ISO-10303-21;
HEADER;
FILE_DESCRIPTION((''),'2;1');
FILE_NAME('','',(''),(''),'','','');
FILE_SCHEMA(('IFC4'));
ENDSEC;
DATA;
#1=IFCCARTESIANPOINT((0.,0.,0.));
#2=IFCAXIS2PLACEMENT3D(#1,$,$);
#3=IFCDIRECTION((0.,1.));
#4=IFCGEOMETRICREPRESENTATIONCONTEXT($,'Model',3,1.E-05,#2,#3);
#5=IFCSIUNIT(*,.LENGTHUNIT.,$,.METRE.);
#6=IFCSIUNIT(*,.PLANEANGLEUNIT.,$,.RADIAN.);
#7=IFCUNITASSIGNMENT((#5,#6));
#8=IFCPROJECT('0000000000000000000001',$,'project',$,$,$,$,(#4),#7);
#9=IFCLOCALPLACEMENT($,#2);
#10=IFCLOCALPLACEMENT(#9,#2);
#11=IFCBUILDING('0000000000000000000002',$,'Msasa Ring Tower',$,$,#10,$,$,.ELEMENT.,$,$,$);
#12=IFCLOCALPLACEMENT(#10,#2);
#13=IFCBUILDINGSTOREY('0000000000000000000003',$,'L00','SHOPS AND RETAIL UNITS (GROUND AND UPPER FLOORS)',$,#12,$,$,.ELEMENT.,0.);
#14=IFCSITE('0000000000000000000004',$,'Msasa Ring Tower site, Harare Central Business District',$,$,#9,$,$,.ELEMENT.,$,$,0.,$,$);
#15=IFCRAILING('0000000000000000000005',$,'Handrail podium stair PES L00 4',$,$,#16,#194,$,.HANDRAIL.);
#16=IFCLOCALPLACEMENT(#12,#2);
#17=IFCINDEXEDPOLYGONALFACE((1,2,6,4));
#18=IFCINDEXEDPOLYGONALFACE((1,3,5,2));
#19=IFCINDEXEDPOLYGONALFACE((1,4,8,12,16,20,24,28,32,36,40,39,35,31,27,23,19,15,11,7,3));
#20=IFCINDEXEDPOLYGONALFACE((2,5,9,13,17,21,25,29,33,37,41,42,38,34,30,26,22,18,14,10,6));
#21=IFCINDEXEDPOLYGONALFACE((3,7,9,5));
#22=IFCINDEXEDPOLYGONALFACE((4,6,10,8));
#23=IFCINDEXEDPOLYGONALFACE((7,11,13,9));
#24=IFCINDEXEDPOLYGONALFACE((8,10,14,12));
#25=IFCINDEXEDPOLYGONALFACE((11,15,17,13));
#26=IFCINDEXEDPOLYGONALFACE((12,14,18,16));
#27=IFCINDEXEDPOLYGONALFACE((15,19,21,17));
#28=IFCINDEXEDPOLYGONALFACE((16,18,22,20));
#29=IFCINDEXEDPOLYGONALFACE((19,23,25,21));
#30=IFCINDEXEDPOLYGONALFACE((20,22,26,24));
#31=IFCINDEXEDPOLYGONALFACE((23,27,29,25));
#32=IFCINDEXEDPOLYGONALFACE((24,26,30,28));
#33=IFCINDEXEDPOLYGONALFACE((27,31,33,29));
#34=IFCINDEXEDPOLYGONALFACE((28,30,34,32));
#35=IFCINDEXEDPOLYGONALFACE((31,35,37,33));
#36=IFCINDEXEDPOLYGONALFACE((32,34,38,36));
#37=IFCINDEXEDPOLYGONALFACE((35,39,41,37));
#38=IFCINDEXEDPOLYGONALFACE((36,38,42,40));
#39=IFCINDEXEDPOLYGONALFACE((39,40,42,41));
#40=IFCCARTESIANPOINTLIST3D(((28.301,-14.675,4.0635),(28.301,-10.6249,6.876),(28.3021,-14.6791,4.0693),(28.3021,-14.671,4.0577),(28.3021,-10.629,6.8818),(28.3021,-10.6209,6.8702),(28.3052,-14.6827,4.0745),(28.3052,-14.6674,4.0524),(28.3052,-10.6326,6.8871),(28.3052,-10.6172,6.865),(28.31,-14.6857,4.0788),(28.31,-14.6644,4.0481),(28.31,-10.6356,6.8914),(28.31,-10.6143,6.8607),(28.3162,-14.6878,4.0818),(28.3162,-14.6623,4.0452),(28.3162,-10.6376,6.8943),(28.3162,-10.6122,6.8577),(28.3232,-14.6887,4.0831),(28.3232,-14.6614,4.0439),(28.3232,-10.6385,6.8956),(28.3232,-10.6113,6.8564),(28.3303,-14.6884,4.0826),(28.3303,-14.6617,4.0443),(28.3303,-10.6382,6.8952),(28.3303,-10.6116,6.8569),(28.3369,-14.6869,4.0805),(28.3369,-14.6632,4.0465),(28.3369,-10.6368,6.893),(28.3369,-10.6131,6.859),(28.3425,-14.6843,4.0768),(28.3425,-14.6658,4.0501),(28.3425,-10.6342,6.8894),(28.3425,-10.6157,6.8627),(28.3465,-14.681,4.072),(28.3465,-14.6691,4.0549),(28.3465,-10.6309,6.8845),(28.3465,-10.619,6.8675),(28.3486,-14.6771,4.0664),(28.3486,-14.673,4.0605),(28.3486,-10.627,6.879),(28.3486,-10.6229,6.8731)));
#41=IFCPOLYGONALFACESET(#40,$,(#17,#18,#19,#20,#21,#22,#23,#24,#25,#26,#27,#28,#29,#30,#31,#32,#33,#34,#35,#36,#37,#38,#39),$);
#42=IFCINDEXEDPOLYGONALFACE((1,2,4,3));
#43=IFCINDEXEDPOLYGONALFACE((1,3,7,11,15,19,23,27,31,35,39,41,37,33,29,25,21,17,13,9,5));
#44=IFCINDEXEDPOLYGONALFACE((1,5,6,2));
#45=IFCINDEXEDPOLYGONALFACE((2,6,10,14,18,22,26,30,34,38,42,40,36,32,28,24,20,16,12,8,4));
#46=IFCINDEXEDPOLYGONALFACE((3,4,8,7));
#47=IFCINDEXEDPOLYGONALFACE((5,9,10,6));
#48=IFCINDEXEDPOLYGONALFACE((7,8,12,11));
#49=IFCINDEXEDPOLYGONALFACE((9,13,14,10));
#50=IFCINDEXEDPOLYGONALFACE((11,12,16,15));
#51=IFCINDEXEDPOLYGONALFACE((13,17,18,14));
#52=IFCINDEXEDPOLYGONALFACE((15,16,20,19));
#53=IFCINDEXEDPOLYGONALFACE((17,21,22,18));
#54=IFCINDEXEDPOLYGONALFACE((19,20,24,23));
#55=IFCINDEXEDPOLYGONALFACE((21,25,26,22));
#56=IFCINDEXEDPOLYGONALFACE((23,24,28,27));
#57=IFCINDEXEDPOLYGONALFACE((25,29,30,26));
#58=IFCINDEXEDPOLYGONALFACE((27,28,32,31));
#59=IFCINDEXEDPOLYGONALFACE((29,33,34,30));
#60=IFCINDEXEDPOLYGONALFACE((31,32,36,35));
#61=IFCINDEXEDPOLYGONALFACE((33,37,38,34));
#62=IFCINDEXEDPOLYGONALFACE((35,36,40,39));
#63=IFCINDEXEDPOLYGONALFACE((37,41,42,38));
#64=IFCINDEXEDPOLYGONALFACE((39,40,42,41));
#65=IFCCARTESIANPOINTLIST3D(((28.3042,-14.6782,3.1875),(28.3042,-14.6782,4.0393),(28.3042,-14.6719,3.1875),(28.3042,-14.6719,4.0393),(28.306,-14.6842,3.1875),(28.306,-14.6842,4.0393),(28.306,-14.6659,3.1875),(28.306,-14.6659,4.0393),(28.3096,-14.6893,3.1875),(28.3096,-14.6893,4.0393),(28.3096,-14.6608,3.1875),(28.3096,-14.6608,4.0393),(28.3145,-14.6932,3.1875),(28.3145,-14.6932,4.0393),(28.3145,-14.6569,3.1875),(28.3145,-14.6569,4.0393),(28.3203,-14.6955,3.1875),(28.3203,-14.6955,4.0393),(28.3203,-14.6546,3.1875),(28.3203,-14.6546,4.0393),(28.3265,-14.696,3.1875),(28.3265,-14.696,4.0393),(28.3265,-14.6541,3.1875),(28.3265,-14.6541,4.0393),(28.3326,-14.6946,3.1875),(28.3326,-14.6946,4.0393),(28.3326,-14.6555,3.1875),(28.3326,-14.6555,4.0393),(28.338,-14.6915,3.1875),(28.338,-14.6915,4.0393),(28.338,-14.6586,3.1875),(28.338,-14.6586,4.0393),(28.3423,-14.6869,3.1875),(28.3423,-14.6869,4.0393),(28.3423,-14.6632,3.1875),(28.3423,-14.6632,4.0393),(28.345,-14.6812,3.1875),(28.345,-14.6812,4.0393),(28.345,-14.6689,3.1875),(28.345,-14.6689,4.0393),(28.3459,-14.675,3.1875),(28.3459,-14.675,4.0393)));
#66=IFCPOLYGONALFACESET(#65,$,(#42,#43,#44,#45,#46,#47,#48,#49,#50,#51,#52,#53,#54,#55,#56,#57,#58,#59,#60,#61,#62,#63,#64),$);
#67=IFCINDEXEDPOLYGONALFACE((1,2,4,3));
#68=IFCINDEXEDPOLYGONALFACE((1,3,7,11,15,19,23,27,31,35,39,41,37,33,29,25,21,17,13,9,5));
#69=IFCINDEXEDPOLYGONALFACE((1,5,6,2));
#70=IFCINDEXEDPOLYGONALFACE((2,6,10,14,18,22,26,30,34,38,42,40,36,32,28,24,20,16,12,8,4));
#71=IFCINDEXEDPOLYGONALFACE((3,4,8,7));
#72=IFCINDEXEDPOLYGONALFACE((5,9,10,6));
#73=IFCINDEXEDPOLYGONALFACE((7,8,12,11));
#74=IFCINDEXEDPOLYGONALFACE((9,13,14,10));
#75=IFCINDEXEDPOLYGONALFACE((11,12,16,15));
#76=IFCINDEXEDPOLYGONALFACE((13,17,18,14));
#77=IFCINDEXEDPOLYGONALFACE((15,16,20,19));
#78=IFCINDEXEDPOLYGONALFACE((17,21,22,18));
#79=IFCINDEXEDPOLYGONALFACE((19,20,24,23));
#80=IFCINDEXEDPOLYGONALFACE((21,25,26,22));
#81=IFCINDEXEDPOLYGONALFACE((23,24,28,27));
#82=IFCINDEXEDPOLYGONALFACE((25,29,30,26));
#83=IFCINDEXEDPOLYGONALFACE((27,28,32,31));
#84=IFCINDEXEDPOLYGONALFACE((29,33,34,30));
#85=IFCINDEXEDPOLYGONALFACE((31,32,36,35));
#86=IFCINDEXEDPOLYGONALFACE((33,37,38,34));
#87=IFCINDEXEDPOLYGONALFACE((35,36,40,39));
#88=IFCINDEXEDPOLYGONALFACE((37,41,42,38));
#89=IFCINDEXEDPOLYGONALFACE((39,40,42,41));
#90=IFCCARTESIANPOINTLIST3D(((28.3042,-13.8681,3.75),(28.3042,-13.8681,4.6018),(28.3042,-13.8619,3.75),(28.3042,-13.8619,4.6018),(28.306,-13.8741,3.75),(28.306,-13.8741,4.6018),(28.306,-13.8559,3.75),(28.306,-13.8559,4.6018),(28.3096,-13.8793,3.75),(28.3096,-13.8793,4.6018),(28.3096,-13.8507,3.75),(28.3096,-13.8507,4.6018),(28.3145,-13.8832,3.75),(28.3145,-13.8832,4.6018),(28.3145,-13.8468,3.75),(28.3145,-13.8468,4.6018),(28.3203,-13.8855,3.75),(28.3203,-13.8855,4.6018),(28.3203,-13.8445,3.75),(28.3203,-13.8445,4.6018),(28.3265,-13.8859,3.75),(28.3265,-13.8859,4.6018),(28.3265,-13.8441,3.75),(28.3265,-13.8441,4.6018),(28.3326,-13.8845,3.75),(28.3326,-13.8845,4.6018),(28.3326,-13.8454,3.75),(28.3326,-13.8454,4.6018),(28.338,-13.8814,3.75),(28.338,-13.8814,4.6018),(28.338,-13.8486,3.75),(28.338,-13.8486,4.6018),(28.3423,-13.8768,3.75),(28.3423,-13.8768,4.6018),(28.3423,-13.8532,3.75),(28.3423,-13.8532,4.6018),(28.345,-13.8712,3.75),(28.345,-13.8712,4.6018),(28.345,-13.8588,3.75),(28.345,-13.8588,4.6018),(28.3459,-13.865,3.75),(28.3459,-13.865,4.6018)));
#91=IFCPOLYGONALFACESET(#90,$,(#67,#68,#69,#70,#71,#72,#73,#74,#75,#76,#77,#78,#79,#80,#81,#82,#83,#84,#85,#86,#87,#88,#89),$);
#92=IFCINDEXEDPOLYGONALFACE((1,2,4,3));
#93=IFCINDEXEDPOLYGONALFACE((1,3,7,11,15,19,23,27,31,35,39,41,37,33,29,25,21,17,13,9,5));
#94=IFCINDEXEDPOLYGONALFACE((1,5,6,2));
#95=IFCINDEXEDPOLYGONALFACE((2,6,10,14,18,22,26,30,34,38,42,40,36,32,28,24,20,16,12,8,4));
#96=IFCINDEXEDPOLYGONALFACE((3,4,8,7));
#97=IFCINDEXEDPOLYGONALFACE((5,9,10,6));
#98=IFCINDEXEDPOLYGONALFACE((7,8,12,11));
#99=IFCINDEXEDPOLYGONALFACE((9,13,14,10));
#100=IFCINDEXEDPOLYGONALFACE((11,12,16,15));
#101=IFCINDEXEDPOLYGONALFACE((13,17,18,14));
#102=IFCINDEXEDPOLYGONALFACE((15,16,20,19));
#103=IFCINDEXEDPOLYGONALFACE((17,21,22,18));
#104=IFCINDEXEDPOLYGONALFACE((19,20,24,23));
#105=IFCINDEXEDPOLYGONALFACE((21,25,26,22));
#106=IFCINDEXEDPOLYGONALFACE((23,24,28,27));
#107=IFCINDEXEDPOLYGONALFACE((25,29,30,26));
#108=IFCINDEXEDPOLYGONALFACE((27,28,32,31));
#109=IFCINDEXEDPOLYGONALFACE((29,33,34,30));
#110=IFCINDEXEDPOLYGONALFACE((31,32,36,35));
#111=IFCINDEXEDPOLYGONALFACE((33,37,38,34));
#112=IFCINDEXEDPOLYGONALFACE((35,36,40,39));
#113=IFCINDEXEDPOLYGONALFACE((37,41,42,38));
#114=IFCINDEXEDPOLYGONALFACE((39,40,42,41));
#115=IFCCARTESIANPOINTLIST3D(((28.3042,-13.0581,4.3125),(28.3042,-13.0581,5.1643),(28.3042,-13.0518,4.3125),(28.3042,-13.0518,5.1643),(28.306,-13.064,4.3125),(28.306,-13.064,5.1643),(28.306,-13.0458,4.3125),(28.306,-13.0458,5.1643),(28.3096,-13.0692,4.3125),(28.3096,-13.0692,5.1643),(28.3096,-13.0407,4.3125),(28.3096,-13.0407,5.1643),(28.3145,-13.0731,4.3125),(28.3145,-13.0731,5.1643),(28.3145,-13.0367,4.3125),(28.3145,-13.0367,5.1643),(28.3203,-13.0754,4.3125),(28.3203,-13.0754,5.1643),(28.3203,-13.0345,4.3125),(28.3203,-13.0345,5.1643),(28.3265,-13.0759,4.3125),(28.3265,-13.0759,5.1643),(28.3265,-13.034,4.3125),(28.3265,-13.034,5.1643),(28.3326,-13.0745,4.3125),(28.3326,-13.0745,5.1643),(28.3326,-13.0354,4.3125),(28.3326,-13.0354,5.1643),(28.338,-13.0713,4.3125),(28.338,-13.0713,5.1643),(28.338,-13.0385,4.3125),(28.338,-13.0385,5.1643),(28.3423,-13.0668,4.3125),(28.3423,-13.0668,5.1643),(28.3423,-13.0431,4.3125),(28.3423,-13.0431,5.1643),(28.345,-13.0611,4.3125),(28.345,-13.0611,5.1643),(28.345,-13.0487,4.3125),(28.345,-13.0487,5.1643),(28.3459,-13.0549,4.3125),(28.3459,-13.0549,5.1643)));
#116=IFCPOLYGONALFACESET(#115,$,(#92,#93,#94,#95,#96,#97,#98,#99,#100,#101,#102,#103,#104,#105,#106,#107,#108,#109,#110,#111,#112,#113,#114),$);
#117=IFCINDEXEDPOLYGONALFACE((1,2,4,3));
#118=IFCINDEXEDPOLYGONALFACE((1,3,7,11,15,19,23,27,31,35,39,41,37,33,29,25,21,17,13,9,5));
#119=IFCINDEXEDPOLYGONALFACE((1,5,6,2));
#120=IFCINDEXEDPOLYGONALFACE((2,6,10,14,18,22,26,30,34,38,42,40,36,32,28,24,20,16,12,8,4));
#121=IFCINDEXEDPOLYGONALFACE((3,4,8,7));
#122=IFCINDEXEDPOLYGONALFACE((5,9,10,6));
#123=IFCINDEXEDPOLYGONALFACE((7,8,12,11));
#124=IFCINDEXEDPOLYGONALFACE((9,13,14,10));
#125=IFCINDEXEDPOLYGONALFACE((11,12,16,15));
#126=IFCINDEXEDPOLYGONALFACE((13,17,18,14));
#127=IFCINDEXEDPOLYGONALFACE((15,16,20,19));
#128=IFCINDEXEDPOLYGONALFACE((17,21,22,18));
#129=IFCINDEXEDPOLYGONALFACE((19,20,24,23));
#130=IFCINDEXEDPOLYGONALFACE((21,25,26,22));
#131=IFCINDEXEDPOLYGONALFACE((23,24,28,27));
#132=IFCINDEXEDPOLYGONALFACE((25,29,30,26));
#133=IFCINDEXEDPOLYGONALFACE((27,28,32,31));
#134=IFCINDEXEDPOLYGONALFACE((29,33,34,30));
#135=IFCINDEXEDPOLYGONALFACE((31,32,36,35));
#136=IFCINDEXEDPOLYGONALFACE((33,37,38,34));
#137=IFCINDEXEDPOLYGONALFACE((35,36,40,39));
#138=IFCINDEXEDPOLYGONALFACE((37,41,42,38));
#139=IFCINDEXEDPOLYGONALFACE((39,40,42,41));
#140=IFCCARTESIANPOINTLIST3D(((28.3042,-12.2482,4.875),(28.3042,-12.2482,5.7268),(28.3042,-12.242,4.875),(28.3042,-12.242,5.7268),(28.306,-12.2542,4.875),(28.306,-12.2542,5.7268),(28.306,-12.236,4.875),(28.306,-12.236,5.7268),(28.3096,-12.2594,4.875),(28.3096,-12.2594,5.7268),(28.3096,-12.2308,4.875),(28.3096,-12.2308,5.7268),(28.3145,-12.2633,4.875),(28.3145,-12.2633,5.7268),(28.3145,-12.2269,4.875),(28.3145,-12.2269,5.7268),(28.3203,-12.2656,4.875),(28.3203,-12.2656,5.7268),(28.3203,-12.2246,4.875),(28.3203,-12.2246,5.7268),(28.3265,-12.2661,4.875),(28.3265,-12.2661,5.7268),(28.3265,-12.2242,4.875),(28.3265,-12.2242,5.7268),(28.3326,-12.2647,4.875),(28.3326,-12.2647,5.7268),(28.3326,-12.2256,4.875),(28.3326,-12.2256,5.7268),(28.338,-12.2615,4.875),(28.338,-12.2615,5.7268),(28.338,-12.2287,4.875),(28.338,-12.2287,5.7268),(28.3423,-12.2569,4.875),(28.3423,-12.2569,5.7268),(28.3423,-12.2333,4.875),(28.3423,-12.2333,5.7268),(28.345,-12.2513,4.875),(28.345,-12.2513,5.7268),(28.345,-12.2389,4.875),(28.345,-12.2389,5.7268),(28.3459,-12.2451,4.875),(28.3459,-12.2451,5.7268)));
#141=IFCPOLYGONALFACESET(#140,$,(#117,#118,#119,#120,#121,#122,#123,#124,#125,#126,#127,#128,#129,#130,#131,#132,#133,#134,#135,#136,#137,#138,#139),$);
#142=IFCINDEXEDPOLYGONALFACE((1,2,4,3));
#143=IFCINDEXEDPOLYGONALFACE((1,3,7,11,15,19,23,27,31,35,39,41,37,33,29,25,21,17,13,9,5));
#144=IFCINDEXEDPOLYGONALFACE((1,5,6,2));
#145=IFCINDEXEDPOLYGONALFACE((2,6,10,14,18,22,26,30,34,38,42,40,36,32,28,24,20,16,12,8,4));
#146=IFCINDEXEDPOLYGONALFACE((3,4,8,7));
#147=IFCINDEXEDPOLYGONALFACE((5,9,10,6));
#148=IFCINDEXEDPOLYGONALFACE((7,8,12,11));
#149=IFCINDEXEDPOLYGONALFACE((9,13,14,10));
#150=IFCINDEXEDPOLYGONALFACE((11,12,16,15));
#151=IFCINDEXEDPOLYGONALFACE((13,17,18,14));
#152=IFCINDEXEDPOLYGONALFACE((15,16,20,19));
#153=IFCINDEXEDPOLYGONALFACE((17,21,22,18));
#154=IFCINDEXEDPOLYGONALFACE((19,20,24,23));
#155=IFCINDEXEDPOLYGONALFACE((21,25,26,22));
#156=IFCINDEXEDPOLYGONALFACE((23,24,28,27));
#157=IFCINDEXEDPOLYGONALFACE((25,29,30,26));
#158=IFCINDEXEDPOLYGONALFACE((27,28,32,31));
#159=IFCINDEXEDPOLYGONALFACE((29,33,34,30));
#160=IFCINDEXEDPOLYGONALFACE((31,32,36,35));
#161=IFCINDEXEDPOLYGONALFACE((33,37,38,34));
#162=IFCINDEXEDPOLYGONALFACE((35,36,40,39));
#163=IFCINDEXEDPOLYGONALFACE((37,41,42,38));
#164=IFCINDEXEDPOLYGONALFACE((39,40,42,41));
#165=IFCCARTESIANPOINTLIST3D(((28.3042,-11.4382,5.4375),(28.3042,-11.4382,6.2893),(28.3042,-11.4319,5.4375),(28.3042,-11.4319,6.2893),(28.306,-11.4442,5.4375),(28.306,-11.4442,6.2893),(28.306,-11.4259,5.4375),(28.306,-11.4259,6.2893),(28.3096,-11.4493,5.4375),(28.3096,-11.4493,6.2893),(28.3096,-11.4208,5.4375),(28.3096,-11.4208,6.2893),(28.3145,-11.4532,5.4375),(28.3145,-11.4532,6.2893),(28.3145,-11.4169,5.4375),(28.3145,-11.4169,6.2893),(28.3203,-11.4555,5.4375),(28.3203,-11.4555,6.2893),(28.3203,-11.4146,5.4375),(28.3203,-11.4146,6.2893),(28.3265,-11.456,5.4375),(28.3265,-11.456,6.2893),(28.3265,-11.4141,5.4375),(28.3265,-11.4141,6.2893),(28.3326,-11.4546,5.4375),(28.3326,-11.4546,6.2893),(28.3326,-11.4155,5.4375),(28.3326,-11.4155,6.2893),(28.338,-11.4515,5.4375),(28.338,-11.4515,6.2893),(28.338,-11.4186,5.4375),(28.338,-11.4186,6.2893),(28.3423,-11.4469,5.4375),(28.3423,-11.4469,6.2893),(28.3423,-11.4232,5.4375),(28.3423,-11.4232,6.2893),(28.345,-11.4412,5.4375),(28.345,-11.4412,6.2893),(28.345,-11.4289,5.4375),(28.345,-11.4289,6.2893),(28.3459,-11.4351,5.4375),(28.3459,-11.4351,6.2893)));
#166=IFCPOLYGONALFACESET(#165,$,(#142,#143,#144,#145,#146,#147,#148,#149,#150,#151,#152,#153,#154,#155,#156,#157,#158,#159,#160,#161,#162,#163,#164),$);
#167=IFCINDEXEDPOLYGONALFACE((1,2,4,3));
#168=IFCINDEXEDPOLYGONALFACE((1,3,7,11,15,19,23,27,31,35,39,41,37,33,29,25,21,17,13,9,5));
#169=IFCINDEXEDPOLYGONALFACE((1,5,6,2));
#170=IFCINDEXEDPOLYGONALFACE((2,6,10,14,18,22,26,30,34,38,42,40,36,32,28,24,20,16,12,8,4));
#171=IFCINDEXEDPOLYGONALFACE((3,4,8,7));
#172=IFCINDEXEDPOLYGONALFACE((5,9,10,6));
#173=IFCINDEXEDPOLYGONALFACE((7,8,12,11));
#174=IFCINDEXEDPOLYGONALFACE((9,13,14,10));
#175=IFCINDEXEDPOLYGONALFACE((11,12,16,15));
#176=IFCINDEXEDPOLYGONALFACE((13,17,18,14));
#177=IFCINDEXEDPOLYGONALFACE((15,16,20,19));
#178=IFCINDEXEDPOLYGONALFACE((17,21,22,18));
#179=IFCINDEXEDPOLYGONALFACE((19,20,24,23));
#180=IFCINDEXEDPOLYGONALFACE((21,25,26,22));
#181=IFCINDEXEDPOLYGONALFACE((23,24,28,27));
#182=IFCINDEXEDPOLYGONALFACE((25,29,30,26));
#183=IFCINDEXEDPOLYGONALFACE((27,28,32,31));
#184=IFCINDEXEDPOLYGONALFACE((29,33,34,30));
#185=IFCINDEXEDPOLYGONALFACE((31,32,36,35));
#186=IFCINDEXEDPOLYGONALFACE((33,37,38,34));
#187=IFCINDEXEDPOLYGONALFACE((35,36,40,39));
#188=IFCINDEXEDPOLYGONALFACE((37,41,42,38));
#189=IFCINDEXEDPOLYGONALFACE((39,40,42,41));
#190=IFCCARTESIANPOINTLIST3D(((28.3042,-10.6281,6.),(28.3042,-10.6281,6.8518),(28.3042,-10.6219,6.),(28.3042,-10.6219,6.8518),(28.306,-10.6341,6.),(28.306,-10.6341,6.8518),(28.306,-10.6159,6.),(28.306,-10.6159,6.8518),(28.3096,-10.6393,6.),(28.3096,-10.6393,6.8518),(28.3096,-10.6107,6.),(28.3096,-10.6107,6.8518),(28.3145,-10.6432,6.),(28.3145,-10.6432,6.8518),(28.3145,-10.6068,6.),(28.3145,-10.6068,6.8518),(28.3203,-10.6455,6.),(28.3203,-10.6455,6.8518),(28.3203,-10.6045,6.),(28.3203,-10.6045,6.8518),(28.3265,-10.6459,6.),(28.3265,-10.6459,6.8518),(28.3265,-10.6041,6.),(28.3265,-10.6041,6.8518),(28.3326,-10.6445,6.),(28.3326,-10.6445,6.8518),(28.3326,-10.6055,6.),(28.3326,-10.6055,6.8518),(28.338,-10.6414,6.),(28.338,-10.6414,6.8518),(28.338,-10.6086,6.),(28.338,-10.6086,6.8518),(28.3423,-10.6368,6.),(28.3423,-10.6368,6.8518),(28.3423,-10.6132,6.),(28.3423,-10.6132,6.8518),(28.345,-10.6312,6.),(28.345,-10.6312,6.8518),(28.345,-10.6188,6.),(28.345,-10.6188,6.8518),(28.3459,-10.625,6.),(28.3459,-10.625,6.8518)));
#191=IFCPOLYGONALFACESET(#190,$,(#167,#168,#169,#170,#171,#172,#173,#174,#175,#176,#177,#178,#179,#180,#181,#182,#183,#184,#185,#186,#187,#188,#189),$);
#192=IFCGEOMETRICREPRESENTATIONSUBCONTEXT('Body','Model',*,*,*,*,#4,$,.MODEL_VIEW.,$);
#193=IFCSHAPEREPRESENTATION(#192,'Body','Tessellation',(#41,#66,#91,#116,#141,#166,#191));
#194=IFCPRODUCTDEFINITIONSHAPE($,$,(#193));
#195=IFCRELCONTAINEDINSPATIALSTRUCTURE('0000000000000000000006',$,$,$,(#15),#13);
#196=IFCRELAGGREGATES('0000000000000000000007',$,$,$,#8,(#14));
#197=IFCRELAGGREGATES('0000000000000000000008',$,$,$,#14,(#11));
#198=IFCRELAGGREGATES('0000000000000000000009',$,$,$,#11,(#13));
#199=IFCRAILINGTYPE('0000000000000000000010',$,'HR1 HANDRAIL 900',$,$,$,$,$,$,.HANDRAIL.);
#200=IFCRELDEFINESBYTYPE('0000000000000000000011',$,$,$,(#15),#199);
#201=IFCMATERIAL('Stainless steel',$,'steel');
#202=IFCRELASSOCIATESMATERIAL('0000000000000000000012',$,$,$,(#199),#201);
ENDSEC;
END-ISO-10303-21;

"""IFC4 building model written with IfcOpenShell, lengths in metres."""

from ifc_helpers import new_model, si_unit, direction, frame, origin, origin_2d, place, context, subcontext, project, spatial, circle, extrude, material, type_object, element, save


model = new_model("IFC4")

# Units and contexts
model_context = context("Model", 3, precision=1e-05, world=origin(), true_north=direction((0.0, 1.0)))
body_context = subcontext(model_context, "Body", "Model", "MODEL_VIEW")
ifc_project = project(units=[si_unit("LENGTHUNIT", "METRE"), si_unit("PLANEANGLEUNIT", "RADIAN")], contexts=[model_context])

# Site, building, storey
site_placement = place(None, origin())
site = spatial("IfcSite", under=ifc_project, at=site_placement, Name="Msasa Ring Tower site, Harare Central Business District", CompositionType="ELEMENT", RefElevation=0.0)
building_placement = place(site_placement, origin())
building = spatial("IfcBuilding", under=site, at=building_placement, Name="Msasa Ring Tower", CompositionType="ELEMENT")
storey_placement = place(building_placement, origin())
storey = spatial("IfcBuildingStorey", under=building, at=storey_placement, Name="L00", Description="SHOPS AND RETAIL UNITS (GROUND AND UPPER FLOORS)", CompositionType="ELEMENT", Elevation=0.0)

# Railing
ifc_material_1 = material(Name="Stainless steel", Category="steel")
railing_type = type_object("IfcRailingType", Name="HR1 HANDRAIL 900", PredefinedType="HANDRAIL", material=ifc_material_1)
for number, where, name in (
    (1, (28.325, -14.675, 3.1875), "Handrail podium stair PES L00 4"),
):
    element("IfcRailing", number, at=place(storey_placement, frame(where)), inside=storey, type_object=railing_type, Name=name, PredefinedType="HANDRAIL", context=body_context, shape_type="SweptSolid", body=[
        extrude(circle(Radius=0.0239, at=origin_2d()), frame((0.0, 0.0, 0.876), z_axis=(0.0, 0.821373, 0.570391), x_axis=(-1.0, 0.0, 0.0)), (0.0, 0.0, 1.0), 4.9309),
        extrude(circle(Radius=0.021, at=origin_2d()), origin(), (0.0, 0.0, 1.0), 0.8518),
        extrude(circle(Radius=0.021, at=origin_2d()), frame((0.0, 0.8101, 0.5625)), (0.0, 0.0, 1.0), 0.8518),
        extrude(circle(Radius=0.021, at=origin_2d()), frame((0.0, 1.6201, 1.125)), (0.0, 0.0, 1.0), 0.8518),
        extrude(circle(Radius=0.021, at=origin_2d()), frame((0.0, 2.4299, 1.6875)), (0.0, 0.0, 1.0), 0.8518),
        extrude(circle(Radius=0.021, at=origin_2d()), frame((0.0, 3.24, 2.25)), (0.0, 0.0, 1.0), 0.8518),
        extrude(circle(Radius=0.021, at=origin_2d()), frame((0.0, 4.05, 2.8125)), (0.0, 0.0, 1.0), 0.8518),
    ])

save(model, "model.ifc")
